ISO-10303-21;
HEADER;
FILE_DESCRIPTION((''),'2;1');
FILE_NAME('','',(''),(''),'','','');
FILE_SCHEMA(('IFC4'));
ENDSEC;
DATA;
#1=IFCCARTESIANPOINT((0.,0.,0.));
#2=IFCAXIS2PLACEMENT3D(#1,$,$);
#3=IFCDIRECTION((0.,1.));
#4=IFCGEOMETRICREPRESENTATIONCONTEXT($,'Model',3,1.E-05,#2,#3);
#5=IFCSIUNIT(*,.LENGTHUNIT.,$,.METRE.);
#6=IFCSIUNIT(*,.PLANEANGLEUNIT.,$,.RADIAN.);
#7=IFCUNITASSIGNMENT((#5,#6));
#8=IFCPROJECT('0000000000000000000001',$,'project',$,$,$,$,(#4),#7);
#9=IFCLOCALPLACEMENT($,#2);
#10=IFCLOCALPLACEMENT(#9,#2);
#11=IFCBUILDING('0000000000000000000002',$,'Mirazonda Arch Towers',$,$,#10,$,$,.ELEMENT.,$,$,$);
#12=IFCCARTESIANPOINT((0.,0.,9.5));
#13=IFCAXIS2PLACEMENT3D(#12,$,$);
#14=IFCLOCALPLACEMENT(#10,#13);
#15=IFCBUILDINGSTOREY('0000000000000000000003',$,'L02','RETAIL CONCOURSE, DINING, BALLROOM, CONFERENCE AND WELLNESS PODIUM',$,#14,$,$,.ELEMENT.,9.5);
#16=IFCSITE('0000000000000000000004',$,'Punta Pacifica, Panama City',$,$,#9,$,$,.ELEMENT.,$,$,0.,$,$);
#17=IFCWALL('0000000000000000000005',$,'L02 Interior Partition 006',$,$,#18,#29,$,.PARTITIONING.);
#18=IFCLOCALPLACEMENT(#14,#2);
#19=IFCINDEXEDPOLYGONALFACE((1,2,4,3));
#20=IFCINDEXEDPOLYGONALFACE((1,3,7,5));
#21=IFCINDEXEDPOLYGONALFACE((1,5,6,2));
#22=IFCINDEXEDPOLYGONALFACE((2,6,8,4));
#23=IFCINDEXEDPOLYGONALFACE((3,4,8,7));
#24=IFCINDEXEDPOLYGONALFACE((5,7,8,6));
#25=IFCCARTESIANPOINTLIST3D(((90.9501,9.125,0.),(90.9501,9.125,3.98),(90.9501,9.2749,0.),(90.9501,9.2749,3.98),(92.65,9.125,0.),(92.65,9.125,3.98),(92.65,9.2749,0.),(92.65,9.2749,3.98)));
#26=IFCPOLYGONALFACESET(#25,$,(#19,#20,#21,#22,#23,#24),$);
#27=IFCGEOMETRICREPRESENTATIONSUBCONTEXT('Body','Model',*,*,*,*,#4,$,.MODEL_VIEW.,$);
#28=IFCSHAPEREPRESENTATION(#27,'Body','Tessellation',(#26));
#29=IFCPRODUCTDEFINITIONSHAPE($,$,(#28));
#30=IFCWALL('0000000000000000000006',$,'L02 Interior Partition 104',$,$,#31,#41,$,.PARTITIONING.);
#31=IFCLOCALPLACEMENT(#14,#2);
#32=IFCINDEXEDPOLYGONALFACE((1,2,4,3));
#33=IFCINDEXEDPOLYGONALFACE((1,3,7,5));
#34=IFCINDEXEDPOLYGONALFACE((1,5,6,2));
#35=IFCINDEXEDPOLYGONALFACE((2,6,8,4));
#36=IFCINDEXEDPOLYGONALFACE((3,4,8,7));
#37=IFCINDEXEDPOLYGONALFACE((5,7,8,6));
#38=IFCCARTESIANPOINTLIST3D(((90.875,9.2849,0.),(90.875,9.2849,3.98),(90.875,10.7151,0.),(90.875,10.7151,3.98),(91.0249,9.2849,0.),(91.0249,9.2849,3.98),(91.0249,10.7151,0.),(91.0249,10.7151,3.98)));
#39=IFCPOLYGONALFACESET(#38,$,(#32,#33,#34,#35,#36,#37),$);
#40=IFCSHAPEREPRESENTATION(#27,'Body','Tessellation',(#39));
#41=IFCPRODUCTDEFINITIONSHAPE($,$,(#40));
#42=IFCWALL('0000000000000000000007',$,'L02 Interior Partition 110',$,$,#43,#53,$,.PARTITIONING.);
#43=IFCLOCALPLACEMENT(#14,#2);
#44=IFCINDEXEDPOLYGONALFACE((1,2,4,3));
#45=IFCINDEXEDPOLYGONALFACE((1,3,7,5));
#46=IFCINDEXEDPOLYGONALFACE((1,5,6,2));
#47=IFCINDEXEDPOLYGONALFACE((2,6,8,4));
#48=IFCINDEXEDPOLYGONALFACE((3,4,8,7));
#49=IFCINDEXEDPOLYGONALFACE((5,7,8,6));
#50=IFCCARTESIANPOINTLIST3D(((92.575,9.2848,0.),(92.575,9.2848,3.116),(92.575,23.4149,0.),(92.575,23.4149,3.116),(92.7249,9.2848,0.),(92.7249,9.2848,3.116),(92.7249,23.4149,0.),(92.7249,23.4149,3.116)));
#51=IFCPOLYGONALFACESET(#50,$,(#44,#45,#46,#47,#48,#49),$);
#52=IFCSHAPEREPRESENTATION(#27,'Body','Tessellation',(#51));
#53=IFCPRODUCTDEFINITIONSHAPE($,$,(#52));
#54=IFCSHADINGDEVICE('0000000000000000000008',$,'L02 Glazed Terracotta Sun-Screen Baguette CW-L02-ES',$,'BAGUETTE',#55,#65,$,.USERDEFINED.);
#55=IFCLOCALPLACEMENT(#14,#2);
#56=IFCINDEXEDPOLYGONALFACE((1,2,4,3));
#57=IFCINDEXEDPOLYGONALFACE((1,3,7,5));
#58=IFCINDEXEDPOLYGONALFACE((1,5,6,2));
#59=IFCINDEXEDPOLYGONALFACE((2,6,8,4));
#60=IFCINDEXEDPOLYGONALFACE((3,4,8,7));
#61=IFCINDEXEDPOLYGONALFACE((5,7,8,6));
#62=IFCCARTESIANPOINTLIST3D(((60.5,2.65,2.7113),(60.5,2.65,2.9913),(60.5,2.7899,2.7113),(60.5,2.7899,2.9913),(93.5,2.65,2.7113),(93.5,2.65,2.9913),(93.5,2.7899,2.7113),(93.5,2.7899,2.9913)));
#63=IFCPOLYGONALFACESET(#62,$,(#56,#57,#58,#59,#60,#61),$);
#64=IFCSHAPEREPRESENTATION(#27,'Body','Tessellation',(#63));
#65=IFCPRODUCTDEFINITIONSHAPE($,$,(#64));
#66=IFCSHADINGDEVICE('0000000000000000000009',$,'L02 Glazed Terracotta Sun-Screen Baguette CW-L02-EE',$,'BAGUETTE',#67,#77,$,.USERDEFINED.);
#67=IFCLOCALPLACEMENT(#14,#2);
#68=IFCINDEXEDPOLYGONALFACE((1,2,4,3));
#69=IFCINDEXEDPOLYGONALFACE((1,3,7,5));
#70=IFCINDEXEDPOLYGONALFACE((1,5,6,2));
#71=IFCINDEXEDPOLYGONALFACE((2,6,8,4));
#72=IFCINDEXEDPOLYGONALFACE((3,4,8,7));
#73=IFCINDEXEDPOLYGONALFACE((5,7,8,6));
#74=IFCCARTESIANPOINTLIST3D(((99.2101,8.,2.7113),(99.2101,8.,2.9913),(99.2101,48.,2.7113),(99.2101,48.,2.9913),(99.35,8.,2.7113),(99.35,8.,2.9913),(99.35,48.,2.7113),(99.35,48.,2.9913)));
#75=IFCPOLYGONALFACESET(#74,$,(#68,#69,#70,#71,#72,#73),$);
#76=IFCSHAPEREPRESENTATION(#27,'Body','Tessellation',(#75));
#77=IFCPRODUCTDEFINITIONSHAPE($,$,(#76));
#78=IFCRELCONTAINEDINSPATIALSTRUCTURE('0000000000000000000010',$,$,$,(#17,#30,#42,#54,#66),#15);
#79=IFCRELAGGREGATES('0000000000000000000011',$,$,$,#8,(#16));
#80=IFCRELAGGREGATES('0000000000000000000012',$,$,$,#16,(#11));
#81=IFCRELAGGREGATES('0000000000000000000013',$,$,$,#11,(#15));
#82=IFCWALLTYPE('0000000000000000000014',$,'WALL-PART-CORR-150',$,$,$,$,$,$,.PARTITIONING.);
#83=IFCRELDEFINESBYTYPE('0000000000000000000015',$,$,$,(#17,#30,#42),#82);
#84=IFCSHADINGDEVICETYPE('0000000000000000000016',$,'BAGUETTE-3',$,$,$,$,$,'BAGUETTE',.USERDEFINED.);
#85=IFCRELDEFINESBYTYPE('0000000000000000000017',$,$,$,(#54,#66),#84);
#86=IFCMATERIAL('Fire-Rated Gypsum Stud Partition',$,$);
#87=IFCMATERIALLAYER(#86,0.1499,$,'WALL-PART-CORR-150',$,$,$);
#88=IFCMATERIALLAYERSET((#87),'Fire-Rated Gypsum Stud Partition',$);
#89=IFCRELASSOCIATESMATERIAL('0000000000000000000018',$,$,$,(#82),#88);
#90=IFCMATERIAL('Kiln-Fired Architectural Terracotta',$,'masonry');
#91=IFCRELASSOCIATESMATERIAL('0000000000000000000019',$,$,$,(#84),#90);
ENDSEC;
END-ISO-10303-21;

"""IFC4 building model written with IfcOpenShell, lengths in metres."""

from ifc_helpers import new_model, si_unit, direction, frame, frame_2d, origin, origin_2d, place, context, subcontext, project, spatial, rectangle, extrude, material, layer, layer_set, material_profile, profile_set, type_object, element, save


model = new_model("IFC4")

# Units and contexts
model_context = context("Model", 3, precision=1e-05, world=origin(), true_north=direction((0.0, 1.0)))
body_context = subcontext(model_context, "Body", "Model", "MODEL_VIEW")
ifc_project = project(units=[si_unit("LENGTHUNIT", "METRE"), si_unit("PLANEANGLEUNIT", "RADIAN")], contexts=[model_context])

# Site, building, storey
site_placement = place(None, origin())
site = spatial("IfcSite", under=ifc_project, at=site_placement, Name="Punta Pacifica, Panama City", CompositionType="ELEMENT", RefElevation=0.0)
building_placement = place(site_placement, origin())
building = spatial("IfcBuilding", under=site, at=building_placement, Name="Mirazonda Arch Towers", CompositionType="ELEMENT")
storey_placement = place(building_placement, frame((0.0, 0.0, 9.5)))
storey = spatial("IfcBuildingStorey", under=building, at=storey_placement, Name="L02", Description="RETAIL CONCOURSE, DINING, BALLROOM, CONFERENCE AND WELLNESS PODIUM", CompositionType="ELEMENT", Elevation=9.5)

# Walls
ifc_material_1 = material(Name="Fire-Rated Gypsum Stud Partition")
ifc_layer_1 = layer(ifc_material_1, 0.1499, Name="WALL-PART-CORR-150")
ifc_layer_set_1 = layer_set([ifc_layer_1], Name="Fire-Rated Gypsum Stud Partition")
wall_type = type_object("IfcWallType", Name="WALL-PART-CORR-150", PredefinedType="PARTITIONING", material=ifc_layer_set_1)
wall_1_placement = place(storey_placement, frame((90.95, 9.2, 0.0), z_axis=(0.0, 0.0, 1.0), x_axis=(1.0, 0.0, 0.0)))
element("IfcWall", 1, at=wall_1_placement, inside=storey, type_object=wall_type, Name="L02 Interior Partition 006", PredefinedType="PARTITIONING", context=body_context, shape_type="SweptSolid", body=[
    extrude(rectangle(XDim=1.7, YDim=0.1499, at=frame_2d((0.8501, 0.0))), origin(), (0.0, 0.0, 1.0), 3.98),
])
wall_2_placement = place(storey_placement, frame((90.95, 9.2849, 0.0), z_axis=(0.0, 0.0, 1.0), x_axis=(0.0, 1.0, 0.0)))
element("IfcWall", 2, at=wall_2_placement, inside=storey, type_object=wall_type, Name="L02 Interior Partition 104", PredefinedType="PARTITIONING", context=body_context, shape_type="SweptSolid", body=[
    extrude(rectangle(XDim=1.4302, YDim=0.1499, at=frame_2d((0.7151, 0.0))), origin(), (0.0, 0.0, 1.0), 3.98),
])
wall_3_placement = place(storey_placement, frame((92.6499, 9.2849, 0.0), z_axis=(0.0, 0.0, 1.0), x_axis=(0.0, 1.0, 0.0)))
element("IfcWall", 3, at=wall_3_placement, inside=storey, type_object=wall_type, Name="L02 Interior Partition 110", PredefinedType="PARTITIONING", context=body_context, shape_type="SweptSolid", body=[
    extrude(rectangle(XDim=14.1301, YDim=0.1499, at=frame_2d((7.0649, 0.0))), origin(), (0.0, 0.0, 1.0), 3.116),
])

# Shading devices
ifc_material_2 = material(Name="Kiln-Fired Architectural Terracotta", Category="masonry")
ifc_material_profile_1 = material_profile(ifc_material_2, rectangle(XDim=0.1399, YDim=0.28, at=origin_2d()), Name="TERRA-BAG-140x280")
ifc_profile_set_1 = profile_set([ifc_material_profile_1], Name="Kiln-Fired Architectural Terracotta")
shading_device_type = type_object("IfcShadingDeviceType", Name="BAGUETTE-3", ElementType="BAGUETTE", PredefinedType="USERDEFINED", material=ifc_profile_set_1)
shading_device_1_placement = place(storey_placement, frame((93.5, 2.72, 2.8513), z_axis=(-1.0, 0.0, 0.0), x_axis=(0.0, -1.0, 0.0)))
element("IfcShadingDevice", 4, at=shading_device_1_placement, inside=storey, type_object=shading_device_type, Name="L02 Glazed Terracotta Sun-Screen Baguette CW-L02-ES", ObjectType="BAGUETTE", PredefinedType="USERDEFINED", context=body_context, shape_type="SweptSolid", body=[
    extrude(rectangle(XDim=0.1399, YDim=0.28, at=origin_2d()), origin(), (0.0, 0.0, 1.0), 33.0),
])
shading_device_2_placement = place(storey_placement, frame((99.28, 8.0, 2.8513), z_axis=(0.0, 1.0, 0.0), x_axis=(-1.0, 0.0, 0.0)))
element("IfcShadingDevice", 5, at=shading_device_2_placement, inside=storey, type_object=shading_device_type, Name="L02 Glazed Terracotta Sun-Screen Baguette CW-L02-EE", ObjectType="BAGUETTE", PredefinedType="USERDEFINED", context=body_context, shape_type="SweptSolid", body=[
    extrude(rectangle(XDim=0.1399, YDim=0.28, at=origin_2d()), origin(), (0.0, 0.0, 1.0), 40.0),
])

save(model, "model.ifc")
